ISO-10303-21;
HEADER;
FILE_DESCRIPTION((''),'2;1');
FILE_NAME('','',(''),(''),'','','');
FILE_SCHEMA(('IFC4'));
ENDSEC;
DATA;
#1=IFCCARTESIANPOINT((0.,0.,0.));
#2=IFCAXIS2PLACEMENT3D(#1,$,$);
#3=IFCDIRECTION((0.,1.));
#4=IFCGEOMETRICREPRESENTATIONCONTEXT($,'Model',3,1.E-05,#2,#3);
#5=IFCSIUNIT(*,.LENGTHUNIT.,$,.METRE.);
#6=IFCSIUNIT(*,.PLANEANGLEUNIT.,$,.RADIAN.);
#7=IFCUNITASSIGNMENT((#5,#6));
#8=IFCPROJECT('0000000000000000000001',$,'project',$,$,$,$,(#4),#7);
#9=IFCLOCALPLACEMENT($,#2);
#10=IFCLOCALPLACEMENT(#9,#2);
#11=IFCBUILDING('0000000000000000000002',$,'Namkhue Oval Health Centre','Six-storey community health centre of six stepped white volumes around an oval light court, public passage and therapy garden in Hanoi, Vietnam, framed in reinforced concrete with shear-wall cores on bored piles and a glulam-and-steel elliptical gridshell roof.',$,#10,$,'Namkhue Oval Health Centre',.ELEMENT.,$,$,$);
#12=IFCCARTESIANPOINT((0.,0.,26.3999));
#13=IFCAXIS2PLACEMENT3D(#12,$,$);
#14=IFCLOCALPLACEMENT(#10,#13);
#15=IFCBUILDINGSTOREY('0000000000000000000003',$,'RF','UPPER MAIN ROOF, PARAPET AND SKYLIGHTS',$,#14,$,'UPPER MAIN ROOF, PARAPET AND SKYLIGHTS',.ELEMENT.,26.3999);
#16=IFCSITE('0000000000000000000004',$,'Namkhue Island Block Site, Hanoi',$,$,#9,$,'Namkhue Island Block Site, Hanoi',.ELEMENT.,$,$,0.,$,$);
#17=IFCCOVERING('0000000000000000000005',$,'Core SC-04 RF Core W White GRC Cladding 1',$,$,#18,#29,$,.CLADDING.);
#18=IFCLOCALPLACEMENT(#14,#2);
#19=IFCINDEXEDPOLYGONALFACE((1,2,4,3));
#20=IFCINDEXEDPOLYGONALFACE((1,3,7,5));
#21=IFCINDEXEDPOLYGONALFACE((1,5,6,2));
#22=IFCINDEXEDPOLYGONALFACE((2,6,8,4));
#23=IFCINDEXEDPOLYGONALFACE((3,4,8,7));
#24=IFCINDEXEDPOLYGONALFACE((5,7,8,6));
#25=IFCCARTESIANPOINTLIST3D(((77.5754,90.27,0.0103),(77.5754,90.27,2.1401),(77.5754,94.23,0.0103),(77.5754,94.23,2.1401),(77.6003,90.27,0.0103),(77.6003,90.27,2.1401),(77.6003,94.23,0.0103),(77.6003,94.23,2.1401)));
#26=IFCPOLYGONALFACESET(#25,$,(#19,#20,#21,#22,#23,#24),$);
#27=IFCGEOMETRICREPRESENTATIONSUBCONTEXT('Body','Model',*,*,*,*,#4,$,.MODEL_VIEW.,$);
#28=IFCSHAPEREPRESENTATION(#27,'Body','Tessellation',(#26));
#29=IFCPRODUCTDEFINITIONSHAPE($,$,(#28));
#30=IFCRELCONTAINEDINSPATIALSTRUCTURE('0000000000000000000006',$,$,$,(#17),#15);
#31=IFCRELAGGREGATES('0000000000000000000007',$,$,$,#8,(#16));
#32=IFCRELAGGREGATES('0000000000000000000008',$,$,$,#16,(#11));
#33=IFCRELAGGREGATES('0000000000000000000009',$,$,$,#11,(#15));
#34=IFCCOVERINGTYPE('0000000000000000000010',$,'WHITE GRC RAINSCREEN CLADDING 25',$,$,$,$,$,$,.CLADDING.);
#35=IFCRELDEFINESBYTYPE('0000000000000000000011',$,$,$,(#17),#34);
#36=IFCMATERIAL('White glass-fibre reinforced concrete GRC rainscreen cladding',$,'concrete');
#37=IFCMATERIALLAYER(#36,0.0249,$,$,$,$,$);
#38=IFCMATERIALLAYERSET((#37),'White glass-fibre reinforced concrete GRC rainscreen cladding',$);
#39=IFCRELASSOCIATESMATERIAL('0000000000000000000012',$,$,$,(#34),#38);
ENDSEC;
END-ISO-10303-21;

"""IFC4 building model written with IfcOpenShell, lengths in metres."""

from ifc_helpers import new_model, si_unit, direction, frame, origin, origin_2d, place, context, subcontext, project, spatial, rectangle, extrude, material, layer, layer_set, type_object, element, save


model = new_model("IFC4")

# Units and contexts
model_context = context("Model", 3, precision=1e-05, world=origin(), true_north=direction((0.0, 1.0)))
body_context = subcontext(model_context, "Body", "Model", "MODEL_VIEW")
ifc_project = project(units=[si_unit("LENGTHUNIT", "METRE"), si_unit("PLANEANGLEUNIT", "RADIAN")], contexts=[model_context])

# Site, building, storey
site_placement = place(None, origin())
site = spatial("IfcSite", under=ifc_project, at=site_placement, Name="Namkhue Island Block Site, Hanoi", LongName="Namkhue Island Block Site, Hanoi", CompositionType="ELEMENT", RefElevation=0.0)
building_placement = place(site_placement, origin())
building = spatial("IfcBuilding", under=site, at=building_placement, Name="Namkhue Oval Health Centre", Description="Six-storey community health centre of six stepped white volumes around an oval light court, public passage and therapy garden in Hanoi, Vietnam, framed in reinforced concrete with shear-wall cores on bored piles and a glulam-and-steel elliptical gridshell roof.", LongName="Namkhue Oval Health Centre", CompositionType="ELEMENT")
storey_placement = place(building_placement, frame((0.0, 0.0, 26.3999)))
storey = spatial("IfcBuildingStorey", under=building, at=storey_placement, Name="RF", Description="UPPER MAIN ROOF, PARAPET AND SKYLIGHTS", LongName="UPPER MAIN ROOF, PARAPET AND SKYLIGHTS", CompositionType="ELEMENT", Elevation=26.3999)

# Covering
ifc_material_1 = material(Name="White glass-fibre reinforced concrete GRC rainscreen cladding", Category="concrete")
ifc_layer_1 = layer(ifc_material_1, 0.0249)
ifc_layer_set_1 = layer_set([ifc_layer_1], Name="White glass-fibre reinforced concrete GRC rainscreen cladding")
covering_type_1 = type_object("IfcCoveringType", Name="WHITE GRC RAINSCREEN CLADDING 25", PredefinedType="CLADDING", material=ifc_layer_set_1)
covering_1_placement = place(storey_placement, frame((77.5879, 92.25, 0.0103), z_axis=(0.0, 0.0, 1.0), x_axis=(0.0, -1.0, 0.0)))
element("IfcCovering", 1, at=covering_1_placement, inside=storey, type_object=covering_type_1, Name="Core SC-04 RF Core W White GRC Cladding 1", PredefinedType="CLADDING", context=body_context, shape_type="SweptSolid", body=[
    extrude(rectangle(XDim=3.96, YDim=0.0249, at=origin_2d()), origin(), (0.0, 0.0, 1.0), 2.1299),
])

save(model, "model.ifc")
